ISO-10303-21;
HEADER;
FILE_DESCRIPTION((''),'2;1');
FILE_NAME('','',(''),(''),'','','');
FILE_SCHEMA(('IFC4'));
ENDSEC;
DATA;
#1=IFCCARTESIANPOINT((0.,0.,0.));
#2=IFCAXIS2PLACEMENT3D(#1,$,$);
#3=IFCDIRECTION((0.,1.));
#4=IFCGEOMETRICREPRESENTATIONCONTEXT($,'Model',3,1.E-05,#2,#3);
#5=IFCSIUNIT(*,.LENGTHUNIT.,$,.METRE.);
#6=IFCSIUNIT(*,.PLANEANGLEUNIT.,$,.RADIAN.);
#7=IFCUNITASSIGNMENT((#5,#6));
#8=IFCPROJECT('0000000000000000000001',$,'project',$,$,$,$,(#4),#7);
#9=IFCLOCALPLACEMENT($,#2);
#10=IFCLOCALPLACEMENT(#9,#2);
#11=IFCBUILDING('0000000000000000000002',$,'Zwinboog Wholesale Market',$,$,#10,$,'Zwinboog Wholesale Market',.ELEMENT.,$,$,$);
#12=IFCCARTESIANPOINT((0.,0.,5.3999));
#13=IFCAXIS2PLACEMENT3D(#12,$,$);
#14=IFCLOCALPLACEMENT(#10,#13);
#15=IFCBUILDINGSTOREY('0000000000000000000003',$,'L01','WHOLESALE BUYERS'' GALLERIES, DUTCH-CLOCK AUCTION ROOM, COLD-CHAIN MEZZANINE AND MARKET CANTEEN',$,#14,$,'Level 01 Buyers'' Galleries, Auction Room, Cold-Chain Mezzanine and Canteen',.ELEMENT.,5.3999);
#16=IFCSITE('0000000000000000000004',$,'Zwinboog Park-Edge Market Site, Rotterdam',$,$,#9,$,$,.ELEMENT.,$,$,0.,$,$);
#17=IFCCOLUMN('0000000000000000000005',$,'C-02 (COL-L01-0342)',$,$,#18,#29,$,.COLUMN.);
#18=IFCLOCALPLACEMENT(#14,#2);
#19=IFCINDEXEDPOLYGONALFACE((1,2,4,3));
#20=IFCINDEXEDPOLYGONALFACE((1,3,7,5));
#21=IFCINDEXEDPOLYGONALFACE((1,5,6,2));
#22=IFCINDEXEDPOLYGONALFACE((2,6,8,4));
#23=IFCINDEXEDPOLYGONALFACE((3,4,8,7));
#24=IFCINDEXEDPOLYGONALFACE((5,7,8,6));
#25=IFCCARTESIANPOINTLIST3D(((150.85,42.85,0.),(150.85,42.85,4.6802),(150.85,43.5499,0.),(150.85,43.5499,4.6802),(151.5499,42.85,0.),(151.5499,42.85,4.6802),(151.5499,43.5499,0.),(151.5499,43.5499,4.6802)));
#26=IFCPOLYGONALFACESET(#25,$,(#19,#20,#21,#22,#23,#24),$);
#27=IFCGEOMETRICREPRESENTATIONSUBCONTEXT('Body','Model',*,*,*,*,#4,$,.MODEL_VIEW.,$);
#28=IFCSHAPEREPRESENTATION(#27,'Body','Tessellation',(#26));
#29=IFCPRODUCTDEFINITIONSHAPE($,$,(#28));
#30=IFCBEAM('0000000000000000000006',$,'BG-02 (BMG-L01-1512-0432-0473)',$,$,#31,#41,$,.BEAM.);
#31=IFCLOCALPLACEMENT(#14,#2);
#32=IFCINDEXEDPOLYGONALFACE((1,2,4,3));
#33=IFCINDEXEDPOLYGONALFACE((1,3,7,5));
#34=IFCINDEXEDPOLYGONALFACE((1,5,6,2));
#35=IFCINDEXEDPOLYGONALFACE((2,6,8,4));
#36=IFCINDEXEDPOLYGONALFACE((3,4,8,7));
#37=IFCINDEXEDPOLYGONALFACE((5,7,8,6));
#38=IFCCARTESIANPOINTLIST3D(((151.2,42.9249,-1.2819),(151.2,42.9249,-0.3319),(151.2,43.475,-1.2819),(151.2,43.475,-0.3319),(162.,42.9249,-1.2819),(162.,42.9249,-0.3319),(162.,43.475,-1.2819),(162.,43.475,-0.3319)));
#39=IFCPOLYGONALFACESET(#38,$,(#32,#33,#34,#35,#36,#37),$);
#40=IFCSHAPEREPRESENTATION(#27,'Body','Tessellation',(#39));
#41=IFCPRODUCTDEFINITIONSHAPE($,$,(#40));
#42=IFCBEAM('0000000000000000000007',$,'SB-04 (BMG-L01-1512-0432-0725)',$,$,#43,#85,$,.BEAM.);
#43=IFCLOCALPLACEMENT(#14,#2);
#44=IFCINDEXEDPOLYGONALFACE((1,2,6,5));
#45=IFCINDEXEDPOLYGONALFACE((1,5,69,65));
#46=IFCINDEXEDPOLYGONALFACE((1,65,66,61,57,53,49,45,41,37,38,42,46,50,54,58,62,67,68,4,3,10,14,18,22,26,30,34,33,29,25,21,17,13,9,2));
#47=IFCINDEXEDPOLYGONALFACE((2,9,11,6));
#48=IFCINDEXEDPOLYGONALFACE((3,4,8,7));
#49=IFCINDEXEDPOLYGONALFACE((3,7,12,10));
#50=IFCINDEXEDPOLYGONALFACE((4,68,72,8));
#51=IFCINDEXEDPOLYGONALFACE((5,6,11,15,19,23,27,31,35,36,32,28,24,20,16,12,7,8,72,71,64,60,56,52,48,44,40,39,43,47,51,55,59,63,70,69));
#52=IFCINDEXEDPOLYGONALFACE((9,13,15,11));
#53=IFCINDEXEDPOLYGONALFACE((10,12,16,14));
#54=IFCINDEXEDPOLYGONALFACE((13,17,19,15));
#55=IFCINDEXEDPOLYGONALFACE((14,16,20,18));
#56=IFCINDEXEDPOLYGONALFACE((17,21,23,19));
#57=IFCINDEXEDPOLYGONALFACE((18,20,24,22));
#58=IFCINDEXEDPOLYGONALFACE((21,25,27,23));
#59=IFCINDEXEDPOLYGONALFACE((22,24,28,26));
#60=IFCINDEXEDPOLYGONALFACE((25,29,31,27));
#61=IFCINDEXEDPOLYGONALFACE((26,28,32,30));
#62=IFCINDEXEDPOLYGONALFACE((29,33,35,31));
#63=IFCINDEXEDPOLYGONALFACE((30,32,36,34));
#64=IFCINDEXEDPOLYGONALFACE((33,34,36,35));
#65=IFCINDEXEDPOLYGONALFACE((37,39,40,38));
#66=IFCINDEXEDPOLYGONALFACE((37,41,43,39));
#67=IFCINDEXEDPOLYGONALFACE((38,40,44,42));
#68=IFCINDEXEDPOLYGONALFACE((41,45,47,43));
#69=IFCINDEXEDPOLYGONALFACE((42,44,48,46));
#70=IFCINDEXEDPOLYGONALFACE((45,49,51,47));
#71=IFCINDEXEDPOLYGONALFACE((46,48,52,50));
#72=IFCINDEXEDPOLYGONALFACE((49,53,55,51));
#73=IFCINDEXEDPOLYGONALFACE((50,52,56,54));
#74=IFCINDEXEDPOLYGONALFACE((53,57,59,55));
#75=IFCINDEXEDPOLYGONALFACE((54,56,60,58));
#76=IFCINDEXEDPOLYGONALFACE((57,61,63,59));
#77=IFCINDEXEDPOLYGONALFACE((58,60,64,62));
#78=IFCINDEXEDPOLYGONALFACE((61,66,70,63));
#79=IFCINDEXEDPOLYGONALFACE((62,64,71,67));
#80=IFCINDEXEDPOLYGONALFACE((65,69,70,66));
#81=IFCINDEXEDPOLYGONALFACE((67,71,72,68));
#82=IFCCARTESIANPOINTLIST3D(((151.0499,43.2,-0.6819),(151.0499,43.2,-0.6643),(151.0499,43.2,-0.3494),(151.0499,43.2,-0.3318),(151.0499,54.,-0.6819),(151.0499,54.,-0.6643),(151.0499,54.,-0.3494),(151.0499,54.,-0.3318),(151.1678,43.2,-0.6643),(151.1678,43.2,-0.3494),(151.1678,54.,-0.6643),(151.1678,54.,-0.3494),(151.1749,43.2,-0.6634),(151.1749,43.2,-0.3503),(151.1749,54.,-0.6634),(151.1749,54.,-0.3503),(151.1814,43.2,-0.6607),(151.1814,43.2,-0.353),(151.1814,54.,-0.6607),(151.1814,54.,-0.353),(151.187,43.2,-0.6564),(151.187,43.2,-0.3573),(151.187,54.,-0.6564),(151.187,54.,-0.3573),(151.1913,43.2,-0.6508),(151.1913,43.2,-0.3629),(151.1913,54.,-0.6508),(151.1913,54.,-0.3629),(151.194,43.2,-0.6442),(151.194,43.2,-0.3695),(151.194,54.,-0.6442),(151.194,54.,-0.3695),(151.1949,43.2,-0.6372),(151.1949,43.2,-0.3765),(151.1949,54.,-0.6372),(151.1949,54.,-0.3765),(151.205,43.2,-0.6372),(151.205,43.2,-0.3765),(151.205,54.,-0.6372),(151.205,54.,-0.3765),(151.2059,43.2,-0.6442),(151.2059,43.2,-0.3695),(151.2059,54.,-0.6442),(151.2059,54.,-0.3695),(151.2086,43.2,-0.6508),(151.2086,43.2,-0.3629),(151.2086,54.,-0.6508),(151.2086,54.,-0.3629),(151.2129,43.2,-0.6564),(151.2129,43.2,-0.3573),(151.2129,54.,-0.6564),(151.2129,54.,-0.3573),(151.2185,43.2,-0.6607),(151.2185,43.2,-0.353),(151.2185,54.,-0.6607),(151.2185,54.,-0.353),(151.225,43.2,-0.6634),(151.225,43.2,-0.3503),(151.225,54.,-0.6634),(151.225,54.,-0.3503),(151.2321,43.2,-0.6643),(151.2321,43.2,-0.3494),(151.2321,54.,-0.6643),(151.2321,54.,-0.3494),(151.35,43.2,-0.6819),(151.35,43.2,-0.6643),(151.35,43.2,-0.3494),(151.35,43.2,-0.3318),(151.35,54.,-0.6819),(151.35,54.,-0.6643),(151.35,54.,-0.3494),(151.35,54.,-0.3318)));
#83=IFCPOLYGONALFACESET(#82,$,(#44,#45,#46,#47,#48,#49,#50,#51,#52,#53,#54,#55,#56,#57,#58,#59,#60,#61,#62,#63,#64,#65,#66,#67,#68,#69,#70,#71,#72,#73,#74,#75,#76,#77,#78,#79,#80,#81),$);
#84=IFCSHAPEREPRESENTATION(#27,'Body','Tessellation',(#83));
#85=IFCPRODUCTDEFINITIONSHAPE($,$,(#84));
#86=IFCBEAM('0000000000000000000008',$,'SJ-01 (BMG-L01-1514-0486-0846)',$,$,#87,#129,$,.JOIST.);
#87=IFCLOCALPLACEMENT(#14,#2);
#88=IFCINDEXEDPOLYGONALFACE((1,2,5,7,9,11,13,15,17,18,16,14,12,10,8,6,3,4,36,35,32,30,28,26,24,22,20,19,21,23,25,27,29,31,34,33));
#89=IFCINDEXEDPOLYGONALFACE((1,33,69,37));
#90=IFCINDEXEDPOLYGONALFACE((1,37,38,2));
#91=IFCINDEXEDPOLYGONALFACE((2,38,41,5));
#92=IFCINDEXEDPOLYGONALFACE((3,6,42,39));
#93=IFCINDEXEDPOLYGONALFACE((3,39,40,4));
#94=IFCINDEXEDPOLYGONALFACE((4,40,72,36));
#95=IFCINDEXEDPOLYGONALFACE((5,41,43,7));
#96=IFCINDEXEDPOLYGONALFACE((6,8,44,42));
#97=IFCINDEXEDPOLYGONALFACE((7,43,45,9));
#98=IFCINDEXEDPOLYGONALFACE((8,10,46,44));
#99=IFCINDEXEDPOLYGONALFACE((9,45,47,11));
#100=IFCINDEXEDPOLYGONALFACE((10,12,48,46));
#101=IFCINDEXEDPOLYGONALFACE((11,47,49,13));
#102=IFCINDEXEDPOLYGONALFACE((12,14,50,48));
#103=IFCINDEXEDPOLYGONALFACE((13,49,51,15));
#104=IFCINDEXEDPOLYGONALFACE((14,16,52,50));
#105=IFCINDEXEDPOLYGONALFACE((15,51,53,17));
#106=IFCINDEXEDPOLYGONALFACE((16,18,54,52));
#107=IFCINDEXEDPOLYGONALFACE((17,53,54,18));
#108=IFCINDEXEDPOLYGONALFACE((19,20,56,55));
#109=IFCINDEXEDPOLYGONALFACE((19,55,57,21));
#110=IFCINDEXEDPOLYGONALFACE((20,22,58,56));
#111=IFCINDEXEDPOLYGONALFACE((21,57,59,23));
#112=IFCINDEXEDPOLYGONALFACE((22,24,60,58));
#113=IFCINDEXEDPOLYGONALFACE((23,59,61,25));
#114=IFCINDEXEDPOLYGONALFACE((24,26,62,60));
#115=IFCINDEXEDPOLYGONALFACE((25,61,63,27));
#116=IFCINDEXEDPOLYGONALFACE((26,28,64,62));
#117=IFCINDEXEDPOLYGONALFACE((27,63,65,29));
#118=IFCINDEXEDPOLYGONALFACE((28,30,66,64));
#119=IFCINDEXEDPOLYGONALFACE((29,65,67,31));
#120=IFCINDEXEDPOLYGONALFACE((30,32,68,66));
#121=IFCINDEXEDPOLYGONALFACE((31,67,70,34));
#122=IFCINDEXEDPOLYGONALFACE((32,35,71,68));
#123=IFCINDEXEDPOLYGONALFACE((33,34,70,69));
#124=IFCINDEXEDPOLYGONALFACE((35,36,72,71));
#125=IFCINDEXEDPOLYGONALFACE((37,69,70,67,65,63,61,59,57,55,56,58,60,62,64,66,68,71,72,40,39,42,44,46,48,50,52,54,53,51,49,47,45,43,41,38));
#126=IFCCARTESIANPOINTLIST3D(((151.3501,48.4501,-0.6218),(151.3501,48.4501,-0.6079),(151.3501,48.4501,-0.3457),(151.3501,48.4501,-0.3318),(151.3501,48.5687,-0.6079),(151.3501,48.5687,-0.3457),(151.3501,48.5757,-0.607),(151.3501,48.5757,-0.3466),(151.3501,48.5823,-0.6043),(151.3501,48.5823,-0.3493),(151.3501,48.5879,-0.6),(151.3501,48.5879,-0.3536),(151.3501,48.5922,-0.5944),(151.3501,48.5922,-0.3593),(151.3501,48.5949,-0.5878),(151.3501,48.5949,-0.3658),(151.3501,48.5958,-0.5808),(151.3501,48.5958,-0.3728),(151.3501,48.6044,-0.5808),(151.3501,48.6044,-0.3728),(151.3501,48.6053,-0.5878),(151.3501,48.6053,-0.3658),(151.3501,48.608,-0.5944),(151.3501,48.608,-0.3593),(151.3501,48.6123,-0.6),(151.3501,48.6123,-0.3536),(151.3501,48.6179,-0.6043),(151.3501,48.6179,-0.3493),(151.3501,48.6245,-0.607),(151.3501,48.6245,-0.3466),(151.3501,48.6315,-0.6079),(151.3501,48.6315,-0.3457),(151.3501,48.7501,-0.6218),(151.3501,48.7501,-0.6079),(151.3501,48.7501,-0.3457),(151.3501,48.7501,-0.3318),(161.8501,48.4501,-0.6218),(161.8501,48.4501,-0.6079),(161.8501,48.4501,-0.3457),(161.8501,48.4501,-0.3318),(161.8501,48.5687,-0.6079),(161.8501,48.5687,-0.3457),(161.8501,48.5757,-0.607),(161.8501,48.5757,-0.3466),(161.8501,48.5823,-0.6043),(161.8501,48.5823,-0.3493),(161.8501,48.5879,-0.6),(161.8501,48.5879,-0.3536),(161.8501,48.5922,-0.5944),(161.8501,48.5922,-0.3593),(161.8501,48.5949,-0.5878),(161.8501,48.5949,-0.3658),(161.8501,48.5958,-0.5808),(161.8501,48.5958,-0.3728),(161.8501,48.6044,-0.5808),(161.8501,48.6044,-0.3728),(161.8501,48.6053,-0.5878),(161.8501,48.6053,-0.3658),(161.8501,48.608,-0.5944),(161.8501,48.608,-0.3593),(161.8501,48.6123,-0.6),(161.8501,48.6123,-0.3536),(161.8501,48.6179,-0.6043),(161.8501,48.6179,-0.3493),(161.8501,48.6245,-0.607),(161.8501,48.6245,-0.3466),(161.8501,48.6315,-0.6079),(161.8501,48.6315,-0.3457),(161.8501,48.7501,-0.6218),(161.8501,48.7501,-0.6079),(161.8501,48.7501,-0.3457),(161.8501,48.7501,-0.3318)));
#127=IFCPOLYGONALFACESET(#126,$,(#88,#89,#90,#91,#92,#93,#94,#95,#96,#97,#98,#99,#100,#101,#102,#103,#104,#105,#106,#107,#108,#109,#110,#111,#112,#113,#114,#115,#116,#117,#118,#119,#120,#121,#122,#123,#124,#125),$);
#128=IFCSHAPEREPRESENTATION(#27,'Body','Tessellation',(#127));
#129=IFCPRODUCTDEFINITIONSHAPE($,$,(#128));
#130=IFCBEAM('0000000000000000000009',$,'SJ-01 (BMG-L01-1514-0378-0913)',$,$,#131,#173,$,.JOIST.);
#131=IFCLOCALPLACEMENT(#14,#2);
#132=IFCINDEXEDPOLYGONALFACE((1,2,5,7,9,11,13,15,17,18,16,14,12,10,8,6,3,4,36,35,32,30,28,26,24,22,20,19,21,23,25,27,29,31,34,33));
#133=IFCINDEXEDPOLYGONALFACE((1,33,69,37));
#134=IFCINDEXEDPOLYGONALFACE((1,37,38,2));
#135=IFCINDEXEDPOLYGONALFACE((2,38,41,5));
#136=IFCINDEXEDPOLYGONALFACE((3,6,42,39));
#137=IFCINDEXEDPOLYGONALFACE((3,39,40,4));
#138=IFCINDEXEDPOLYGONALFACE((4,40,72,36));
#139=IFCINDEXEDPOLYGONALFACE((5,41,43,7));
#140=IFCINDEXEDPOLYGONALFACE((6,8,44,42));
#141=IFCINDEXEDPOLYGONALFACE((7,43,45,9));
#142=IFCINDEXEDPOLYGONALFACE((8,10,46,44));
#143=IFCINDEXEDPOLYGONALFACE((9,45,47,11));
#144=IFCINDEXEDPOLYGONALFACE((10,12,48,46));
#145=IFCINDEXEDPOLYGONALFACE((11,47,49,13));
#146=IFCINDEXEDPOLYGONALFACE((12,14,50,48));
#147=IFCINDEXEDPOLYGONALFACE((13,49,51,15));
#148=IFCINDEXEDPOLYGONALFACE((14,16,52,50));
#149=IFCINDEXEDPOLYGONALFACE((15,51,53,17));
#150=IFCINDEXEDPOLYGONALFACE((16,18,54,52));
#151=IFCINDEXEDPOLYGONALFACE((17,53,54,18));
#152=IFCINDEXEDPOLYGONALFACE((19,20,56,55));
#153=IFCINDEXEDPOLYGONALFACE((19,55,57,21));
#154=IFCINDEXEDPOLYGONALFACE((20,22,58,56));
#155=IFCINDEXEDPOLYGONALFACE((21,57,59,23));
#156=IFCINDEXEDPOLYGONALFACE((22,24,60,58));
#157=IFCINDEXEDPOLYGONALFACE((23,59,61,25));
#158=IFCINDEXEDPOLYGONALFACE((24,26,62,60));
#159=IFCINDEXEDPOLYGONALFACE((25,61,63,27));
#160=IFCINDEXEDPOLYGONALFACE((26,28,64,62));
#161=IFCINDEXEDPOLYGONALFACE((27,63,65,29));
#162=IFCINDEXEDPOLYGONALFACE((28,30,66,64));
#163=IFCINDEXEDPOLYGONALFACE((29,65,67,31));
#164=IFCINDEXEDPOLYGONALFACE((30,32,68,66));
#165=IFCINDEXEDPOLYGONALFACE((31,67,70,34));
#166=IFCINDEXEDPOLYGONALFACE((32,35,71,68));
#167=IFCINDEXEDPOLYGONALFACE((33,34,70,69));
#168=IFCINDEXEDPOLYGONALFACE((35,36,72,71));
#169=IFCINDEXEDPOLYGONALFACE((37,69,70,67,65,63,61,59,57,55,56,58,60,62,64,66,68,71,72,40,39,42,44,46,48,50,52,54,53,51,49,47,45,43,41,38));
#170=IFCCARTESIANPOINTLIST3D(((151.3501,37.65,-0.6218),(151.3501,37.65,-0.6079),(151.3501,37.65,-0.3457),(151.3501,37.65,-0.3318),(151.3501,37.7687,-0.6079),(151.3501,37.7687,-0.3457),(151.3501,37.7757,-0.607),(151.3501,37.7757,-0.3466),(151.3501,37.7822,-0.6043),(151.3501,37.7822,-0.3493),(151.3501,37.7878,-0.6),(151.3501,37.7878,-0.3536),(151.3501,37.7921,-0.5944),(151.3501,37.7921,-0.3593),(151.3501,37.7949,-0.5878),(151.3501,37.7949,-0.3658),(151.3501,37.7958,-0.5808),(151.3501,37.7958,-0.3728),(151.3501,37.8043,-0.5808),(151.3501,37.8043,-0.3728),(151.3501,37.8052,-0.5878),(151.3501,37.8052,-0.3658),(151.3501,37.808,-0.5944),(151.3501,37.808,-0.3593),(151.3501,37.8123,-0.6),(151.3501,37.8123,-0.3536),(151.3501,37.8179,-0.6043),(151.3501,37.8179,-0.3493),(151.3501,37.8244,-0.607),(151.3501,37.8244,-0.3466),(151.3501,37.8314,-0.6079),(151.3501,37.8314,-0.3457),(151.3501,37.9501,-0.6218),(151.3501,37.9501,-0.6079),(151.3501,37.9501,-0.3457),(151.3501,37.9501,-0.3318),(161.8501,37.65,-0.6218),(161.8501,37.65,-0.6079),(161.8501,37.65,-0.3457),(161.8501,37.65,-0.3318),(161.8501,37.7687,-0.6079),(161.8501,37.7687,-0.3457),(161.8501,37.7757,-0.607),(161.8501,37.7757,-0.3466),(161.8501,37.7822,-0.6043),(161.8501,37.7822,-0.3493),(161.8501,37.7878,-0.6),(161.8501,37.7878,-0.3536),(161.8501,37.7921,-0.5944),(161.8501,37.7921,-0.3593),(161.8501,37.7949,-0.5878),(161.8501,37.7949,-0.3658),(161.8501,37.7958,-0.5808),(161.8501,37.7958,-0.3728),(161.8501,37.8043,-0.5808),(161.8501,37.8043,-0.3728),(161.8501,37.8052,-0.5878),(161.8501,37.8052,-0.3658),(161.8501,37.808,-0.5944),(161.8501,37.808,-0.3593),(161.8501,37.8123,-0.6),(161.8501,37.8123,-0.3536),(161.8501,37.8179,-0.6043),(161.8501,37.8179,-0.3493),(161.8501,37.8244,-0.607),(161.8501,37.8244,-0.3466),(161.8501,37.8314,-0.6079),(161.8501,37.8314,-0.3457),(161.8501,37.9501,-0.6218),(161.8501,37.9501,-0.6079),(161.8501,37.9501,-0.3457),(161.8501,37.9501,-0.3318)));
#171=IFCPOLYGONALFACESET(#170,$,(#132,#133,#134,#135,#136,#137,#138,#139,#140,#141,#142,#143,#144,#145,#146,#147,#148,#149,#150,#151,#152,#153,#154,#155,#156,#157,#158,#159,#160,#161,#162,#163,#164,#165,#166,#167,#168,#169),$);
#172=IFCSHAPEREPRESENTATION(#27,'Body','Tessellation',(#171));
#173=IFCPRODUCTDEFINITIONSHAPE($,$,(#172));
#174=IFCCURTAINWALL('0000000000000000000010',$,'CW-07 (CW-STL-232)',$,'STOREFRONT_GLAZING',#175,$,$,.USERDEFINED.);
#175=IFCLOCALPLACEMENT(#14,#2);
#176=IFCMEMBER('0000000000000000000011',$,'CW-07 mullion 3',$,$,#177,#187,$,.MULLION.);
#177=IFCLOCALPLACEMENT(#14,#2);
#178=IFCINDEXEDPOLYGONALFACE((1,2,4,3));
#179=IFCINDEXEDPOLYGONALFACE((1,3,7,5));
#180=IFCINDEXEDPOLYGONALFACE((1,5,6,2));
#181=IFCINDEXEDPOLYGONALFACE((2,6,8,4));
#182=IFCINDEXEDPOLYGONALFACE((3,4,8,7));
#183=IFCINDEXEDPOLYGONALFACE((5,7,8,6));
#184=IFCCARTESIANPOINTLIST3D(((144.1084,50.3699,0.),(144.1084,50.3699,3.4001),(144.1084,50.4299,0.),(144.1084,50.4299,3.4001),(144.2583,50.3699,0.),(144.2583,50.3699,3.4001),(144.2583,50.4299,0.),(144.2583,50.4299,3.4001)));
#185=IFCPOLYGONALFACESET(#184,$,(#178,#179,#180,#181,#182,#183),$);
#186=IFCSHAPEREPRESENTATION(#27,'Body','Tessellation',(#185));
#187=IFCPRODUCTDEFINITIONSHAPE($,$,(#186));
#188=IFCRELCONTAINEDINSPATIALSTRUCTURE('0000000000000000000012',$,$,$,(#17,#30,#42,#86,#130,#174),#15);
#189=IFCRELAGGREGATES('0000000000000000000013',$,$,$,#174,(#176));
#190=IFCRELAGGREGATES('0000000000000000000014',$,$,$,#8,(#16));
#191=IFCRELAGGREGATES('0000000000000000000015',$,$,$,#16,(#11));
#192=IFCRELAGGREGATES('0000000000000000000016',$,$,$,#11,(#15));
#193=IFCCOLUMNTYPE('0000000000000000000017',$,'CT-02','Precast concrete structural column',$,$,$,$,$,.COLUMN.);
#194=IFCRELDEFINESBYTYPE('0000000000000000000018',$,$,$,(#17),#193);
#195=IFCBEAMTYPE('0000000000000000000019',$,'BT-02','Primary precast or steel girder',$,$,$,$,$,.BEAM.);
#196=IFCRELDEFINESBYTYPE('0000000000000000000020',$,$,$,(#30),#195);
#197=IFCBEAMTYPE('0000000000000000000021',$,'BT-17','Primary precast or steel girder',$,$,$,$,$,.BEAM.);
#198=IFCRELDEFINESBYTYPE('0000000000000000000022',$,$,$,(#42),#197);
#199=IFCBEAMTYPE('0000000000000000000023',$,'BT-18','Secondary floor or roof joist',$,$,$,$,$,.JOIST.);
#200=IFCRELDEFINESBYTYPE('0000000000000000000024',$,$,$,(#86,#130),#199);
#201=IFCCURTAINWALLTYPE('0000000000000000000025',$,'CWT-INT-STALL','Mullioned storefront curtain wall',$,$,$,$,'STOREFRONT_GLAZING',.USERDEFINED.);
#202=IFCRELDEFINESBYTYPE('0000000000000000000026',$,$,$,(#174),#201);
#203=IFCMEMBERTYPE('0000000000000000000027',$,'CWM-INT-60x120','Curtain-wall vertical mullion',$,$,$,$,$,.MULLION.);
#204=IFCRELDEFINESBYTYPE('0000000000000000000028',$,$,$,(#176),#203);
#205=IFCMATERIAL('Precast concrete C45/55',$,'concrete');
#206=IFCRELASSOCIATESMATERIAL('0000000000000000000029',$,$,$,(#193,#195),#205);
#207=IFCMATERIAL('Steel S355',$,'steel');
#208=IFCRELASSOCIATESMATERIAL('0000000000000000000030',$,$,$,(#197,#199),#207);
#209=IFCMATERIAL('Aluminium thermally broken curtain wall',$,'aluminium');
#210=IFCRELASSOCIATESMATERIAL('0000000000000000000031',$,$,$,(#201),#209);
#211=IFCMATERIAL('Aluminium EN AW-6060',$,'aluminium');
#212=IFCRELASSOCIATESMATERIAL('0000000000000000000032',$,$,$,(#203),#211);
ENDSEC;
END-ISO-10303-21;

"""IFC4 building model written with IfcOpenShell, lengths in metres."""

from ifc_helpers import new_model, si_unit, direction, frame, origin, origin_2d, place, context, subcontext, project, spatial, rectangle, i_section, extrude, material, material_profile, profile_set, type_object, element, aggregate, save


model = new_model("IFC4")

# Units and contexts
model_context = context("Model", 3, precision=1e-05, world=origin(), true_north=direction((0.0, 1.0)))
body_context = subcontext(model_context, "Body", "Model", "MODEL_VIEW")
ifc_project = project(units=[si_unit("LENGTHUNIT", "METRE"), si_unit("PLANEANGLEUNIT", "RADIAN")], contexts=[model_context])

# Site, building, storey
site_placement = place(None, origin())
site = spatial("IfcSite", under=ifc_project, at=site_placement, Name="Zwinboog Park-Edge Market Site, Rotterdam", CompositionType="ELEMENT", RefElevation=0.0)
building_placement = place(site_placement, origin())
building = spatial("IfcBuilding", under=site, at=building_placement, Name="Zwinboog Wholesale Market", LongName="Zwinboog Wholesale Market", CompositionType="ELEMENT")
storey_placement = place(building_placement, frame((0.0, 0.0, 5.3999)))
storey = spatial("IfcBuildingStorey", under=building, at=storey_placement, Name="L01", Description="WHOLESALE BUYERS' GALLERIES, DUTCH-CLOCK AUCTION ROOM, COLD-CHAIN MEZZANINE AND MARKET CANTEEN", LongName="Level 01 Buyers' Galleries, Auction Room, Cold-Chain Mezzanine and Canteen", CompositionType="ELEMENT", Elevation=5.3999)

# Column
ifc_material_1 = material(Name="Precast concrete C45/55", Category="concrete")
ifc_material_profile_1 = material_profile(ifc_material_1, rectangle(XDim=0.7, YDim=0.7, at=origin_2d()), Name="PC 700x700")
ifc_profile_set_1 = profile_set([ifc_material_profile_1], Name="Precast concrete C45/55")
column_type = type_object("IfcColumnType", Name="CT-02", Description="Precast concrete structural column", PredefinedType="COLUMN", material=ifc_profile_set_1)
column_placement = place(storey_placement, frame((151.2, 43.2, 0.0), z_axis=(0.0, 0.0, 1.0), x_axis=(1.0, 0.0, 0.0)))
element("IfcColumn", 1, at=column_placement, inside=storey, type_object=column_type, Name="C-02 (COL-L01-0342)", PredefinedType="COLUMN", context=body_context, shape_type="SweptSolid", body=[
    extrude(rectangle(XDim=0.7, YDim=0.7, at=origin_2d()), origin(), (0.0, 0.0, 1.0), 4.6802),
])

# Beams
ifc_material_profile_2 = material_profile(ifc_material_1, rectangle(XDim=0.55, YDim=0.95, at=origin_2d()), Name="PC 550x950")
ifc_profile_set_2 = profile_set([ifc_material_profile_2], Name="Precast concrete C45/55")
beam_type_1 = type_object("IfcBeamType", Name="BT-02", Description="Primary precast or steel girder", PredefinedType="BEAM", material=ifc_profile_set_2)
beam_1_placement = place(storey_placement, frame((151.2, 43.2, -0.8069), z_axis=(1.0, 0.0, 0.0), x_axis=(0.0, 1.0, 0.0)))
element("IfcBeam", 2, at=beam_1_placement, inside=storey, type_object=beam_type_1, Name="BG-02 (BMG-L01-1512-0432-0473)", PredefinedType="BEAM", context=body_context, shape_type="SweptSolid", body=[
    extrude(rectangle(XDim=0.55, YDim=0.95, at=origin_2d()), origin(), (0.0, 0.0, 1.0), 10.8),
])
ifc_material_2 = material(Name="Steel S355", Category="steel")
ifc_material_profile_3 = material_profile(ifc_material_2, i_section(OverallWidth=0.3, OverallDepth=0.3501, WebThickness=0.01, FlangeThickness=0.0176, FilletRadius=0.0271, at=origin_2d()), Name="HEA 360")
ifc_profile_set_3 = profile_set([ifc_material_profile_3], Name="Steel S355")
beam_type_2 = type_object("IfcBeamType", Name="BT-17", Description="Primary precast or steel girder", PredefinedType="BEAM", material=ifc_profile_set_3)
beam_2_placement = place(storey_placement, frame((151.2, 43.2, -0.5068), z_axis=(0.0, 1.0, 0.0), x_axis=(-1.0, 0.0, 0.0)))
element("IfcBeam", 3, at=beam_2_placement, inside=storey, type_object=beam_type_2, Name="SB-04 (BMG-L01-1512-0432-0725)", PredefinedType="BEAM", context=body_context, shape_type="SweptSolid", body=[
    extrude(i_section(OverallWidth=0.3, OverallDepth=0.3501, WebThickness=0.01, FlangeThickness=0.0176, FilletRadius=0.0271, at=origin_2d()), origin(), (0.0, 0.0, 1.0), 10.8),
])
ifc_material_profile_4 = material_profile(ifc_material_2, i_section(OverallWidth=0.3, OverallDepth=0.29, WebThickness=0.0085, FlangeThickness=0.0139, FilletRadius=0.0271, at=origin_2d()), Name="HEA 300")
ifc_profile_set_4 = profile_set([ifc_material_profile_4], Name="Steel S355")
beam_type_3 = type_object("IfcBeamType", Name="BT-18", Description="Secondary floor or roof joist", PredefinedType="JOIST", material=ifc_profile_set_4)
for number, where, z_axis, x_axis, name in (
    (4, (151.3501, 48.6001, -0.4768), (1.0, 0.0, 0.0), (0.0, 1.0, 0.0), "SJ-01 (BMG-L01-1514-0486-0846)"),
    (5, (151.3501, 37.8, -0.4768), (1.0, 0.0, 0.0), (0.0, 1.0, 0.0), "SJ-01 (BMG-L01-1514-0378-0913)"),
):
    element("IfcBeam", number, at=place(storey_placement, frame(where, z_axis=z_axis, x_axis=x_axis)), inside=storey, type_object=beam_type_3, Name=name, PredefinedType="JOIST", context=body_context, shape_type="SweptSolid", body=[
        extrude(i_section(OverallWidth=0.3, OverallDepth=0.29, WebThickness=0.0085, FlangeThickness=0.0139, FilletRadius=0.0271, at=origin_2d()), origin(), (0.0, 0.0, 1.0), 10.5),
    ])

# Curtain wall, member
ifc_material_3 = material(Name="Aluminium thermally broken curtain wall", Category="aluminium")
curtain_wall_type = type_object("IfcCurtainWallType", Name="CWT-INT-STALL", Description="Mullioned storefront curtain wall", ElementType="STOREFRONT_GLAZING", PredefinedType="USERDEFINED", material=ifc_material_3)
curtain_wall_placement = place(storey_placement, origin())
curtain_wall = element("IfcCurtainWall", 6, at=curtain_wall_placement, inside=storey, type_object=curtain_wall_type, Name="CW-07 (CW-STL-232)", ObjectType="STOREFRONT_GLAZING", PredefinedType="USERDEFINED")
ifc_material_4 = material(Name="Aluminium EN AW-6060", Category="aluminium")
ifc_material_profile_5 = material_profile(ifc_material_4, rectangle(XDim=0.0601, YDim=0.1499, at=origin_2d()), Name="AL 60x150")
ifc_profile_set_5 = profile_set([ifc_material_profile_5], Name="Aluminium EN AW-6060")
member_type_1 = type_object("IfcMemberType", Name="CWM-INT-60x120", Description="Curtain-wall vertical mullion", PredefinedType="MULLION", material=ifc_profile_set_5)
member_1_placement = place(storey_placement, frame((144.1833, 50.3999, 0.0), z_axis=(0.0, 0.0, 1.0), x_axis=(0.0, 1.0, 0.0)))
member_1 = element("IfcMember", 7, at=member_1_placement, type_object=member_type_1, Name="CW-07 mullion 3", PredefinedType="MULLION", context=body_context, shape_type="SweptSolid", body=[
    extrude(rectangle(XDim=0.0601, YDim=0.1499, at=origin_2d()), origin(), (0.0, 0.0, 1.0), 3.4001),
])
aggregate(curtain_wall, [member_1])

save(model, "model.ifc")
